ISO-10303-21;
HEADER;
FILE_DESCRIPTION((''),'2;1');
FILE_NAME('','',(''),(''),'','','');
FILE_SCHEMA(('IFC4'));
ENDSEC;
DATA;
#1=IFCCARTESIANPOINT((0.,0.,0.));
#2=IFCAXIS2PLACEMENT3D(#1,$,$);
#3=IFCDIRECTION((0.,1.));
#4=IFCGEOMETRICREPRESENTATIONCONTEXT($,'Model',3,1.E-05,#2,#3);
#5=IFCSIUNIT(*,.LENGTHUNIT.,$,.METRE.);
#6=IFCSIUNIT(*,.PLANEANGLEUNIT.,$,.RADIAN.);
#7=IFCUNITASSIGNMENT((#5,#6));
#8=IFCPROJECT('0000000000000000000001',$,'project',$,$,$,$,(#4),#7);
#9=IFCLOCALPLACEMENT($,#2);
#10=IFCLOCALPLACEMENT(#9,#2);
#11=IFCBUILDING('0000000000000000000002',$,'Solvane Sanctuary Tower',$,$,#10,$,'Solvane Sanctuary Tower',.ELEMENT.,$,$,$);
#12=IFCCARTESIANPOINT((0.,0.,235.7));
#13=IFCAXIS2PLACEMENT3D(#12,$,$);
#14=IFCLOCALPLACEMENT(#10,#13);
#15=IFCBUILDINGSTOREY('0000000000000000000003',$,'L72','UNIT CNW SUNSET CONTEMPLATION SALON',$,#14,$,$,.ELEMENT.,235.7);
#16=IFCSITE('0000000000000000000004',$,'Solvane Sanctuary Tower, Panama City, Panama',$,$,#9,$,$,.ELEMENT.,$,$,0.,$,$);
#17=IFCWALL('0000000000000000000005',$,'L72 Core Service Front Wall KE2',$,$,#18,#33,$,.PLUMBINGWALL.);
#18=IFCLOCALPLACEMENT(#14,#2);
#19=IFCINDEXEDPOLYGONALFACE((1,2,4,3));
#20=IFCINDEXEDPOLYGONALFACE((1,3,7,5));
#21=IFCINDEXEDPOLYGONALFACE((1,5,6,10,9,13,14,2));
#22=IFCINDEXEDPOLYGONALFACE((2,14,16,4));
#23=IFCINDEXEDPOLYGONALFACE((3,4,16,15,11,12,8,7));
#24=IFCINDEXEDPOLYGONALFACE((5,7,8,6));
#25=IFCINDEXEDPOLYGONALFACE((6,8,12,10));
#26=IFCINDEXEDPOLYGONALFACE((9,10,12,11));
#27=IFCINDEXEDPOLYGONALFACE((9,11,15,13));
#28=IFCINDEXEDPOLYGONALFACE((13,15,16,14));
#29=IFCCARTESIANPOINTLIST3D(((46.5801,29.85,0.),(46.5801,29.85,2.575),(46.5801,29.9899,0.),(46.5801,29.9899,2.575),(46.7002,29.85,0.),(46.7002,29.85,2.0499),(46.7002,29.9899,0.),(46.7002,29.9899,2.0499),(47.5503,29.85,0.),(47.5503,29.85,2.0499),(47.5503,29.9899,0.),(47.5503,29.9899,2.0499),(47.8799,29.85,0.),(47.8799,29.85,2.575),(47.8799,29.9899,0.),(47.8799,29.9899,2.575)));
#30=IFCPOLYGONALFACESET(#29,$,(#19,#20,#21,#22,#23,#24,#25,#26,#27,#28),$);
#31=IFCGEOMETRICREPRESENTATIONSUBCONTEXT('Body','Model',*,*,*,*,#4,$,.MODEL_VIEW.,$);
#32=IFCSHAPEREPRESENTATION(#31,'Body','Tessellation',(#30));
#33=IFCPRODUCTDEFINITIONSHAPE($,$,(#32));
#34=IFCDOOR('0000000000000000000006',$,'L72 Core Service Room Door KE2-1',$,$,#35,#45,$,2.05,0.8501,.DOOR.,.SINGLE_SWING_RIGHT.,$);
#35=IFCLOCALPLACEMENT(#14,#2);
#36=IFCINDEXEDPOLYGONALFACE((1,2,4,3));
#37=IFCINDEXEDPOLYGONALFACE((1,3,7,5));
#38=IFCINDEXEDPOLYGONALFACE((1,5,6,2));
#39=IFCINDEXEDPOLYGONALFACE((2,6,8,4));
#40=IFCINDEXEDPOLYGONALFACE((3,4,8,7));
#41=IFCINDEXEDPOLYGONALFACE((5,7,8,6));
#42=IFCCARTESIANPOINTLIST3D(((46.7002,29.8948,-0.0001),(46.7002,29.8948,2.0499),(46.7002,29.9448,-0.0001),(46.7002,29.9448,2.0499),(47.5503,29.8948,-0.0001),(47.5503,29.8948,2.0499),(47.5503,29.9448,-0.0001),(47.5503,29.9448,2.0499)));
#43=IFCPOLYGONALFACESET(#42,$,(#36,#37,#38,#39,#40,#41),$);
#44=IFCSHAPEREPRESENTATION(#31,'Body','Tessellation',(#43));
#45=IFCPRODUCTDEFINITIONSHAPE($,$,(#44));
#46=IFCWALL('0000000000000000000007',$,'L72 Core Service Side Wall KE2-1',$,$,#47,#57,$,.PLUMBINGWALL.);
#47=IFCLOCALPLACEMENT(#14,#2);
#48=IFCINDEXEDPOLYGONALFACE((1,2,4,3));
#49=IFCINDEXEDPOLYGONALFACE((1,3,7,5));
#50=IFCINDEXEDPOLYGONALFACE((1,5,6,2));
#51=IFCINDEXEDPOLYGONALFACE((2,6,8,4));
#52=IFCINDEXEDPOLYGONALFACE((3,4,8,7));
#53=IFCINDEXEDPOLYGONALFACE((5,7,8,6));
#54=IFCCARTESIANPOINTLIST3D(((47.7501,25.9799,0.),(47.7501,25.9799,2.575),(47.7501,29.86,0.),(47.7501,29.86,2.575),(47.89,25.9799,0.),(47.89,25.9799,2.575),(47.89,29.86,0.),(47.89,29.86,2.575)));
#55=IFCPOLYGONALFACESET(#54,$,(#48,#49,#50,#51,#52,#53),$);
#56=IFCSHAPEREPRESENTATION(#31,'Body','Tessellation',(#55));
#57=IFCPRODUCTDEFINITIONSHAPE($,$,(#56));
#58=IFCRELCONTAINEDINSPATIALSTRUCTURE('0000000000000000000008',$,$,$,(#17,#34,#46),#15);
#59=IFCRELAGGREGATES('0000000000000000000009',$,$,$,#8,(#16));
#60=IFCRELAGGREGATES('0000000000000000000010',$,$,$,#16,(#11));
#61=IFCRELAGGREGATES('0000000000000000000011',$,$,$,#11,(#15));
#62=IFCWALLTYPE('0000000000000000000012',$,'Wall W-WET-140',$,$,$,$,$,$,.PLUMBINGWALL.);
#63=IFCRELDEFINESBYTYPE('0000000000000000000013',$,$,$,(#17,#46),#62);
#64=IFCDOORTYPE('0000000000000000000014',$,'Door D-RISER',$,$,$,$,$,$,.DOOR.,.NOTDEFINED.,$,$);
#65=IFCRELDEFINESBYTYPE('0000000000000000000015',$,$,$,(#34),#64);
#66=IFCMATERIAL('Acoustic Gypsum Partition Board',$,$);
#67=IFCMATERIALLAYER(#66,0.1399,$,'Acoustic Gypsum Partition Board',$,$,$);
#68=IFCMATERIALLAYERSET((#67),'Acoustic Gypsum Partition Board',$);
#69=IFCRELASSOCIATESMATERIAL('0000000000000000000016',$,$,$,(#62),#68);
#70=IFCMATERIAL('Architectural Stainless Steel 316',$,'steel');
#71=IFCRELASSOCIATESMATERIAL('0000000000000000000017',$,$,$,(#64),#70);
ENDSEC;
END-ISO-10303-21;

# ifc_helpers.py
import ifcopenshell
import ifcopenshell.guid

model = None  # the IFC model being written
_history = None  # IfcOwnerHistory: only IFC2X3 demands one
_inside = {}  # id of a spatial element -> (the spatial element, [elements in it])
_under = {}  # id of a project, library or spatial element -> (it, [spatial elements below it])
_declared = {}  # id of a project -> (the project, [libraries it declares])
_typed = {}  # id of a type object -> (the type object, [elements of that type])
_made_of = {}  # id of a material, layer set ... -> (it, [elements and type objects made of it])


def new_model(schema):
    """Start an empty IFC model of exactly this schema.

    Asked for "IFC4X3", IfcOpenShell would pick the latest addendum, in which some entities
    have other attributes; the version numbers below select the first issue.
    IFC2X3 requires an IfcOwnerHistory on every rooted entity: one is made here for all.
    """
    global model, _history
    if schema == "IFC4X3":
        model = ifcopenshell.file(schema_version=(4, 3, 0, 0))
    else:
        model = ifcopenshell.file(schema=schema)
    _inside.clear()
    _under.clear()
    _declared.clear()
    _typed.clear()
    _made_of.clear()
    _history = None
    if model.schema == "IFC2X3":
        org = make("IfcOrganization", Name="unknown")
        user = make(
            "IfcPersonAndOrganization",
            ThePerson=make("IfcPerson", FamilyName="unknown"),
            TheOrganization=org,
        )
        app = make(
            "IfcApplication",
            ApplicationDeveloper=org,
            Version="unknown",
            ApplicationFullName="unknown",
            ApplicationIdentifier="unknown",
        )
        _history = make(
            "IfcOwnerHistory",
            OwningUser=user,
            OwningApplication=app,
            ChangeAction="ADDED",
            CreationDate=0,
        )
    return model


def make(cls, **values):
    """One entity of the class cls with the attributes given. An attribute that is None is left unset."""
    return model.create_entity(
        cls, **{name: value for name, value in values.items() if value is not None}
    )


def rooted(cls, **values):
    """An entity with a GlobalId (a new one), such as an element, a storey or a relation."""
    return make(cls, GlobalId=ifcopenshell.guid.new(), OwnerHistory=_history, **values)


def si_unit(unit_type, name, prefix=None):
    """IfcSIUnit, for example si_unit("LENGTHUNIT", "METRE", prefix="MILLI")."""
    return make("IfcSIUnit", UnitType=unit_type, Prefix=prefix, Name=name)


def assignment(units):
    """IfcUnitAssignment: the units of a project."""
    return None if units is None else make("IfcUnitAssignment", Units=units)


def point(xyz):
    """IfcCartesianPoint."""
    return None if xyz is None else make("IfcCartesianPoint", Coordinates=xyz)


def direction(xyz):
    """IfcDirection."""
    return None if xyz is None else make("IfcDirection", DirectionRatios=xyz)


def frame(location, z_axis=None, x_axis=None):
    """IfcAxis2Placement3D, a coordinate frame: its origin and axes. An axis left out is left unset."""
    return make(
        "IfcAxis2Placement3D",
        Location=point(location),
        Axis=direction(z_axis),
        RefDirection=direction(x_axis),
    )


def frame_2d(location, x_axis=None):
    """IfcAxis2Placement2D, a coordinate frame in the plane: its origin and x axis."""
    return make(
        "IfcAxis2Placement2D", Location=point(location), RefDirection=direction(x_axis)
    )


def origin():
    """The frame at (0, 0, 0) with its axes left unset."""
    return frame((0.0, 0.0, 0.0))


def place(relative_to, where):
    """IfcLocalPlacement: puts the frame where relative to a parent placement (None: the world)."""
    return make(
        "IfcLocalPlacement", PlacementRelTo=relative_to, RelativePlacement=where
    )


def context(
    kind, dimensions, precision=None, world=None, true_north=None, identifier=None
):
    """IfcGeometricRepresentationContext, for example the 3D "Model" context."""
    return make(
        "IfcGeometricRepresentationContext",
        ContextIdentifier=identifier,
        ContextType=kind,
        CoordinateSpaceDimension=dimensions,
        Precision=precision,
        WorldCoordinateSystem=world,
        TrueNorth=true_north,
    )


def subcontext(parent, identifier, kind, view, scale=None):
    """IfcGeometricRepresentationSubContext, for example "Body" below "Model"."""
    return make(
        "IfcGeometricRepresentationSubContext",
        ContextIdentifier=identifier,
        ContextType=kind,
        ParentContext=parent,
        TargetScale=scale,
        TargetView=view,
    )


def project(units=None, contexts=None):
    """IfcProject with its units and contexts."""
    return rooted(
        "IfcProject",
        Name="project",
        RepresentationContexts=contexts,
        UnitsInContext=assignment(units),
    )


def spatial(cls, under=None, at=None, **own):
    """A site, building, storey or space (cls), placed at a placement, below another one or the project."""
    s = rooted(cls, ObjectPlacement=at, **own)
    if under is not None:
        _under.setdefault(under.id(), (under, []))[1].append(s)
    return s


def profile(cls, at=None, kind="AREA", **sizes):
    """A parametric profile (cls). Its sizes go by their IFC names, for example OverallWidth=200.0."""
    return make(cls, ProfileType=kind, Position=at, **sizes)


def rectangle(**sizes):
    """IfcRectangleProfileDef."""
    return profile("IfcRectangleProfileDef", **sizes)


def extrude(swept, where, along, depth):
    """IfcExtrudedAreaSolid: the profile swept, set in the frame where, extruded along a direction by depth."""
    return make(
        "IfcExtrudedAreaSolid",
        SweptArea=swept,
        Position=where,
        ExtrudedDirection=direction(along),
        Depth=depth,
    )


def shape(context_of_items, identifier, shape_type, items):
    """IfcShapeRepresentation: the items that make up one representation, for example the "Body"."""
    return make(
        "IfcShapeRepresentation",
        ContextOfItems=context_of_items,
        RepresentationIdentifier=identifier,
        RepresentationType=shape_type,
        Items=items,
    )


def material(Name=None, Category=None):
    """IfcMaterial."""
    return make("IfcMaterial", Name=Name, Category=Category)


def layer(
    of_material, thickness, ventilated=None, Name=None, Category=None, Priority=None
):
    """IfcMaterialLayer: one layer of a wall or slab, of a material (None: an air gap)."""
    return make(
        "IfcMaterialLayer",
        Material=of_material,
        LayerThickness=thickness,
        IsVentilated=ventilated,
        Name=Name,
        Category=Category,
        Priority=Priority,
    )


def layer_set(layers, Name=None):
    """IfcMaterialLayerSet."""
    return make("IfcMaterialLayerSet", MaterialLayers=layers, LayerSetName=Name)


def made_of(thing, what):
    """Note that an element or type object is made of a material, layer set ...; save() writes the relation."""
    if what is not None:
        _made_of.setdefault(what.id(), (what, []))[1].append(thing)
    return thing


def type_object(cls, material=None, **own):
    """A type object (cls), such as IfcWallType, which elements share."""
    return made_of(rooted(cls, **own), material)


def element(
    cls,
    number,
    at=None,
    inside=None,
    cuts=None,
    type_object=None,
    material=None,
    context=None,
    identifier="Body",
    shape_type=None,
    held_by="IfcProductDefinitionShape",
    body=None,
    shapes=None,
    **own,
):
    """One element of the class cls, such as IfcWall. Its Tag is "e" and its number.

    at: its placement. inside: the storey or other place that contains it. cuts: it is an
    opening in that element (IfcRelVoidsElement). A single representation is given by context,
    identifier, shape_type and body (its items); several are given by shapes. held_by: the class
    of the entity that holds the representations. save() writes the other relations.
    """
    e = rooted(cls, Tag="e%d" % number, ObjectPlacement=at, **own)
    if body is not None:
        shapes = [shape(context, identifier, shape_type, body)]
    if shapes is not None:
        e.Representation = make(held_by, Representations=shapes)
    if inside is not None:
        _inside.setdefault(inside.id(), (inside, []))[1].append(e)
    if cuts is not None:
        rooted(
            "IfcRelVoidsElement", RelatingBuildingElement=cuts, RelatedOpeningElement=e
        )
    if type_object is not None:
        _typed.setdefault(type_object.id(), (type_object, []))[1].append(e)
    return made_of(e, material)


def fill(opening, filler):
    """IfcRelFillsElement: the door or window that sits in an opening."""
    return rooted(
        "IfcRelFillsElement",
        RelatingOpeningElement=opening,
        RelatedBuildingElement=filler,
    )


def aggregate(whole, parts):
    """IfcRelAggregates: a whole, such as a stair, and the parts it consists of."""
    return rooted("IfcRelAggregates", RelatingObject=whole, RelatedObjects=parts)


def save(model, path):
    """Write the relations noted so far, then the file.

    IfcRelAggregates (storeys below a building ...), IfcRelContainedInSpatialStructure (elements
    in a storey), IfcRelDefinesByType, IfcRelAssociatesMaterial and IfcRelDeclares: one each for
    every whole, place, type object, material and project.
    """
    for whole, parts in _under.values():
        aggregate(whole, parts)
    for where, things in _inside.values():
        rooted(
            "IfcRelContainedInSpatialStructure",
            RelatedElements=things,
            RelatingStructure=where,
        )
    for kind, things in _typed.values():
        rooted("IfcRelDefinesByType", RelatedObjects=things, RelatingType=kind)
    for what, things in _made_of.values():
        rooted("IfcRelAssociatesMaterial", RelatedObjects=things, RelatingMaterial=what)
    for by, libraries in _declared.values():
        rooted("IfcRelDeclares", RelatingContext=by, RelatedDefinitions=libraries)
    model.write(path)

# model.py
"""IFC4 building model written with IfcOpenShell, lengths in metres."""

from ifc_helpers import new_model, si_unit, direction, frame, frame_2d, origin, place, context, subcontext, project, spatial, rectangle, extrude, material, layer, layer_set, type_object, element, fill, save


model = new_model("IFC4")

# Units and contexts
model_context = context("Model", 3, precision=1e-05, world=origin(), true_north=direction((0.0, 1.0)))
body_context = subcontext(model_context, "Body", "Model", "MODEL_VIEW")
ifc_project = project(units=[si_unit("LENGTHUNIT", "METRE"), si_unit("PLANEANGLEUNIT", "RADIAN")], contexts=[model_context])

# Site, building, storey
site_placement = place(None, origin())
site = spatial("IfcSite", under=ifc_project, at=site_placement, Name="Solvane Sanctuary Tower, Panama City, Panama", CompositionType="ELEMENT", RefElevation=0.0)
building_placement = place(site_placement, origin())
building = spatial("IfcBuilding", under=site, at=building_placement, Name="Solvane Sanctuary Tower", LongName="Solvane Sanctuary Tower", CompositionType="ELEMENT")
storey_placement = place(building_placement, frame((0.0, 0.0, 235.7)))
storey = spatial("IfcBuildingStorey", under=building, at=storey_placement, Name="L72", Description="UNIT CNW SUNSET CONTEMPLATION SALON", CompositionType="ELEMENT", Elevation=235.7)

# Shared definitions
ifc_material_1 = material(Name="Acoustic Gypsum Partition Board")

# Shared definitions
ifc_material_2 = material(Name="Architectural Stainless Steel 316", Category="steel")

# Shared definitions
ifc_layer_1 = layer(ifc_material_1, 0.1399, Name="Acoustic Gypsum Partition Board")
ifc_layer_set_1 = layer_set([ifc_layer_1], Name="Acoustic Gypsum Partition Board")
wall_type_1 = type_object("IfcWallType", Name="Wall W-WET-140", PredefinedType="PLUMBINGWALL", material=ifc_layer_set_1)
door_type_1 = type_object("IfcDoorType", Name="Door D-RISER", OperationType="NOTDEFINED", PredefinedType="DOOR", material=ifc_material_2)

# Wall, opening, door
wall_1_placement = place(storey_placement, frame((46.5801, 29.9199, 0.0), z_axis=(0.0, 0.0, 1.0), x_axis=(1.0, 0.0, 0.0)))
wall_1 = element("IfcWall", 1, at=wall_1_placement, inside=storey, type_object=wall_type_1, Name="L72 Core Service Front Wall KE2", PredefinedType="PLUMBINGWALL", context=body_context, shape_type="SweptSolid", body=[
    extrude(rectangle(XDim=1.2998, YDim=0.1399, at=frame_2d((0.6499, 0.0))), origin(), (0.0, 0.0, 1.0), 2.575),
])
opening_1_placement = place(wall_1_placement, frame((0.1201, 0.0, 0.0)))
opening_1 = element("IfcOpeningElement", 2, at=opening_1_placement, cuts=wall_1, PredefinedType="OPENING", context=body_context, shape_type="SweptSolid", body=[
    extrude(rectangle(XDim=0.8501, YDim=2.05, at=frame_2d((0.425, 1.0249))), frame((0.0, 0.0798, 0.0), z_axis=(0.0, -1.0, 0.0), x_axis=(1.0, 0.0, 0.0)), (0.0, 0.0, 1.0), 0.1599),
])
door_1_placement = place(opening_1_placement, origin())
door_1 = element("IfcDoor", 3, at=door_1_placement, inside=storey, type_object=door_type_1, Name="L72 Core Service Room Door KE2-1", OperationType="SINGLE_SWING_RIGHT", OverallHeight=2.05, OverallWidth=0.8501, PredefinedType="DOOR", context=body_context, shape_type="SweptSolid", body=[
    extrude(rectangle(XDim=0.8501, YDim=2.05, at=frame_2d((0.425, 1.0249))), frame((0.0, 0.0249, 0.0), z_axis=(0.0, -1.0, 0.0), x_axis=(1.0, 0.0, 0.0)), (0.0, 0.0, 1.0), 0.05),
])
fill(opening_1, door_1)

# Wall
wall_2_placement = place(storey_placement, frame((47.8201, 25.98, 0.0), z_axis=(0.0, 0.0, 1.0), x_axis=(0.0, 1.0, 0.0)))
element("IfcWall", 4, at=wall_2_placement, inside=storey, type_object=wall_type_1, Name="L72 Core Service Side Wall KE2-1", PredefinedType="PLUMBINGWALL", context=body_context, shape_type="SweptSolid", body=[
    extrude(rectangle(XDim=3.8801, YDim=0.1399, at=frame_2d((1.9399, 0.0))), origin(), (0.0, 0.0, 1.0), 2.575),
])

save(model, "model.ifc")
